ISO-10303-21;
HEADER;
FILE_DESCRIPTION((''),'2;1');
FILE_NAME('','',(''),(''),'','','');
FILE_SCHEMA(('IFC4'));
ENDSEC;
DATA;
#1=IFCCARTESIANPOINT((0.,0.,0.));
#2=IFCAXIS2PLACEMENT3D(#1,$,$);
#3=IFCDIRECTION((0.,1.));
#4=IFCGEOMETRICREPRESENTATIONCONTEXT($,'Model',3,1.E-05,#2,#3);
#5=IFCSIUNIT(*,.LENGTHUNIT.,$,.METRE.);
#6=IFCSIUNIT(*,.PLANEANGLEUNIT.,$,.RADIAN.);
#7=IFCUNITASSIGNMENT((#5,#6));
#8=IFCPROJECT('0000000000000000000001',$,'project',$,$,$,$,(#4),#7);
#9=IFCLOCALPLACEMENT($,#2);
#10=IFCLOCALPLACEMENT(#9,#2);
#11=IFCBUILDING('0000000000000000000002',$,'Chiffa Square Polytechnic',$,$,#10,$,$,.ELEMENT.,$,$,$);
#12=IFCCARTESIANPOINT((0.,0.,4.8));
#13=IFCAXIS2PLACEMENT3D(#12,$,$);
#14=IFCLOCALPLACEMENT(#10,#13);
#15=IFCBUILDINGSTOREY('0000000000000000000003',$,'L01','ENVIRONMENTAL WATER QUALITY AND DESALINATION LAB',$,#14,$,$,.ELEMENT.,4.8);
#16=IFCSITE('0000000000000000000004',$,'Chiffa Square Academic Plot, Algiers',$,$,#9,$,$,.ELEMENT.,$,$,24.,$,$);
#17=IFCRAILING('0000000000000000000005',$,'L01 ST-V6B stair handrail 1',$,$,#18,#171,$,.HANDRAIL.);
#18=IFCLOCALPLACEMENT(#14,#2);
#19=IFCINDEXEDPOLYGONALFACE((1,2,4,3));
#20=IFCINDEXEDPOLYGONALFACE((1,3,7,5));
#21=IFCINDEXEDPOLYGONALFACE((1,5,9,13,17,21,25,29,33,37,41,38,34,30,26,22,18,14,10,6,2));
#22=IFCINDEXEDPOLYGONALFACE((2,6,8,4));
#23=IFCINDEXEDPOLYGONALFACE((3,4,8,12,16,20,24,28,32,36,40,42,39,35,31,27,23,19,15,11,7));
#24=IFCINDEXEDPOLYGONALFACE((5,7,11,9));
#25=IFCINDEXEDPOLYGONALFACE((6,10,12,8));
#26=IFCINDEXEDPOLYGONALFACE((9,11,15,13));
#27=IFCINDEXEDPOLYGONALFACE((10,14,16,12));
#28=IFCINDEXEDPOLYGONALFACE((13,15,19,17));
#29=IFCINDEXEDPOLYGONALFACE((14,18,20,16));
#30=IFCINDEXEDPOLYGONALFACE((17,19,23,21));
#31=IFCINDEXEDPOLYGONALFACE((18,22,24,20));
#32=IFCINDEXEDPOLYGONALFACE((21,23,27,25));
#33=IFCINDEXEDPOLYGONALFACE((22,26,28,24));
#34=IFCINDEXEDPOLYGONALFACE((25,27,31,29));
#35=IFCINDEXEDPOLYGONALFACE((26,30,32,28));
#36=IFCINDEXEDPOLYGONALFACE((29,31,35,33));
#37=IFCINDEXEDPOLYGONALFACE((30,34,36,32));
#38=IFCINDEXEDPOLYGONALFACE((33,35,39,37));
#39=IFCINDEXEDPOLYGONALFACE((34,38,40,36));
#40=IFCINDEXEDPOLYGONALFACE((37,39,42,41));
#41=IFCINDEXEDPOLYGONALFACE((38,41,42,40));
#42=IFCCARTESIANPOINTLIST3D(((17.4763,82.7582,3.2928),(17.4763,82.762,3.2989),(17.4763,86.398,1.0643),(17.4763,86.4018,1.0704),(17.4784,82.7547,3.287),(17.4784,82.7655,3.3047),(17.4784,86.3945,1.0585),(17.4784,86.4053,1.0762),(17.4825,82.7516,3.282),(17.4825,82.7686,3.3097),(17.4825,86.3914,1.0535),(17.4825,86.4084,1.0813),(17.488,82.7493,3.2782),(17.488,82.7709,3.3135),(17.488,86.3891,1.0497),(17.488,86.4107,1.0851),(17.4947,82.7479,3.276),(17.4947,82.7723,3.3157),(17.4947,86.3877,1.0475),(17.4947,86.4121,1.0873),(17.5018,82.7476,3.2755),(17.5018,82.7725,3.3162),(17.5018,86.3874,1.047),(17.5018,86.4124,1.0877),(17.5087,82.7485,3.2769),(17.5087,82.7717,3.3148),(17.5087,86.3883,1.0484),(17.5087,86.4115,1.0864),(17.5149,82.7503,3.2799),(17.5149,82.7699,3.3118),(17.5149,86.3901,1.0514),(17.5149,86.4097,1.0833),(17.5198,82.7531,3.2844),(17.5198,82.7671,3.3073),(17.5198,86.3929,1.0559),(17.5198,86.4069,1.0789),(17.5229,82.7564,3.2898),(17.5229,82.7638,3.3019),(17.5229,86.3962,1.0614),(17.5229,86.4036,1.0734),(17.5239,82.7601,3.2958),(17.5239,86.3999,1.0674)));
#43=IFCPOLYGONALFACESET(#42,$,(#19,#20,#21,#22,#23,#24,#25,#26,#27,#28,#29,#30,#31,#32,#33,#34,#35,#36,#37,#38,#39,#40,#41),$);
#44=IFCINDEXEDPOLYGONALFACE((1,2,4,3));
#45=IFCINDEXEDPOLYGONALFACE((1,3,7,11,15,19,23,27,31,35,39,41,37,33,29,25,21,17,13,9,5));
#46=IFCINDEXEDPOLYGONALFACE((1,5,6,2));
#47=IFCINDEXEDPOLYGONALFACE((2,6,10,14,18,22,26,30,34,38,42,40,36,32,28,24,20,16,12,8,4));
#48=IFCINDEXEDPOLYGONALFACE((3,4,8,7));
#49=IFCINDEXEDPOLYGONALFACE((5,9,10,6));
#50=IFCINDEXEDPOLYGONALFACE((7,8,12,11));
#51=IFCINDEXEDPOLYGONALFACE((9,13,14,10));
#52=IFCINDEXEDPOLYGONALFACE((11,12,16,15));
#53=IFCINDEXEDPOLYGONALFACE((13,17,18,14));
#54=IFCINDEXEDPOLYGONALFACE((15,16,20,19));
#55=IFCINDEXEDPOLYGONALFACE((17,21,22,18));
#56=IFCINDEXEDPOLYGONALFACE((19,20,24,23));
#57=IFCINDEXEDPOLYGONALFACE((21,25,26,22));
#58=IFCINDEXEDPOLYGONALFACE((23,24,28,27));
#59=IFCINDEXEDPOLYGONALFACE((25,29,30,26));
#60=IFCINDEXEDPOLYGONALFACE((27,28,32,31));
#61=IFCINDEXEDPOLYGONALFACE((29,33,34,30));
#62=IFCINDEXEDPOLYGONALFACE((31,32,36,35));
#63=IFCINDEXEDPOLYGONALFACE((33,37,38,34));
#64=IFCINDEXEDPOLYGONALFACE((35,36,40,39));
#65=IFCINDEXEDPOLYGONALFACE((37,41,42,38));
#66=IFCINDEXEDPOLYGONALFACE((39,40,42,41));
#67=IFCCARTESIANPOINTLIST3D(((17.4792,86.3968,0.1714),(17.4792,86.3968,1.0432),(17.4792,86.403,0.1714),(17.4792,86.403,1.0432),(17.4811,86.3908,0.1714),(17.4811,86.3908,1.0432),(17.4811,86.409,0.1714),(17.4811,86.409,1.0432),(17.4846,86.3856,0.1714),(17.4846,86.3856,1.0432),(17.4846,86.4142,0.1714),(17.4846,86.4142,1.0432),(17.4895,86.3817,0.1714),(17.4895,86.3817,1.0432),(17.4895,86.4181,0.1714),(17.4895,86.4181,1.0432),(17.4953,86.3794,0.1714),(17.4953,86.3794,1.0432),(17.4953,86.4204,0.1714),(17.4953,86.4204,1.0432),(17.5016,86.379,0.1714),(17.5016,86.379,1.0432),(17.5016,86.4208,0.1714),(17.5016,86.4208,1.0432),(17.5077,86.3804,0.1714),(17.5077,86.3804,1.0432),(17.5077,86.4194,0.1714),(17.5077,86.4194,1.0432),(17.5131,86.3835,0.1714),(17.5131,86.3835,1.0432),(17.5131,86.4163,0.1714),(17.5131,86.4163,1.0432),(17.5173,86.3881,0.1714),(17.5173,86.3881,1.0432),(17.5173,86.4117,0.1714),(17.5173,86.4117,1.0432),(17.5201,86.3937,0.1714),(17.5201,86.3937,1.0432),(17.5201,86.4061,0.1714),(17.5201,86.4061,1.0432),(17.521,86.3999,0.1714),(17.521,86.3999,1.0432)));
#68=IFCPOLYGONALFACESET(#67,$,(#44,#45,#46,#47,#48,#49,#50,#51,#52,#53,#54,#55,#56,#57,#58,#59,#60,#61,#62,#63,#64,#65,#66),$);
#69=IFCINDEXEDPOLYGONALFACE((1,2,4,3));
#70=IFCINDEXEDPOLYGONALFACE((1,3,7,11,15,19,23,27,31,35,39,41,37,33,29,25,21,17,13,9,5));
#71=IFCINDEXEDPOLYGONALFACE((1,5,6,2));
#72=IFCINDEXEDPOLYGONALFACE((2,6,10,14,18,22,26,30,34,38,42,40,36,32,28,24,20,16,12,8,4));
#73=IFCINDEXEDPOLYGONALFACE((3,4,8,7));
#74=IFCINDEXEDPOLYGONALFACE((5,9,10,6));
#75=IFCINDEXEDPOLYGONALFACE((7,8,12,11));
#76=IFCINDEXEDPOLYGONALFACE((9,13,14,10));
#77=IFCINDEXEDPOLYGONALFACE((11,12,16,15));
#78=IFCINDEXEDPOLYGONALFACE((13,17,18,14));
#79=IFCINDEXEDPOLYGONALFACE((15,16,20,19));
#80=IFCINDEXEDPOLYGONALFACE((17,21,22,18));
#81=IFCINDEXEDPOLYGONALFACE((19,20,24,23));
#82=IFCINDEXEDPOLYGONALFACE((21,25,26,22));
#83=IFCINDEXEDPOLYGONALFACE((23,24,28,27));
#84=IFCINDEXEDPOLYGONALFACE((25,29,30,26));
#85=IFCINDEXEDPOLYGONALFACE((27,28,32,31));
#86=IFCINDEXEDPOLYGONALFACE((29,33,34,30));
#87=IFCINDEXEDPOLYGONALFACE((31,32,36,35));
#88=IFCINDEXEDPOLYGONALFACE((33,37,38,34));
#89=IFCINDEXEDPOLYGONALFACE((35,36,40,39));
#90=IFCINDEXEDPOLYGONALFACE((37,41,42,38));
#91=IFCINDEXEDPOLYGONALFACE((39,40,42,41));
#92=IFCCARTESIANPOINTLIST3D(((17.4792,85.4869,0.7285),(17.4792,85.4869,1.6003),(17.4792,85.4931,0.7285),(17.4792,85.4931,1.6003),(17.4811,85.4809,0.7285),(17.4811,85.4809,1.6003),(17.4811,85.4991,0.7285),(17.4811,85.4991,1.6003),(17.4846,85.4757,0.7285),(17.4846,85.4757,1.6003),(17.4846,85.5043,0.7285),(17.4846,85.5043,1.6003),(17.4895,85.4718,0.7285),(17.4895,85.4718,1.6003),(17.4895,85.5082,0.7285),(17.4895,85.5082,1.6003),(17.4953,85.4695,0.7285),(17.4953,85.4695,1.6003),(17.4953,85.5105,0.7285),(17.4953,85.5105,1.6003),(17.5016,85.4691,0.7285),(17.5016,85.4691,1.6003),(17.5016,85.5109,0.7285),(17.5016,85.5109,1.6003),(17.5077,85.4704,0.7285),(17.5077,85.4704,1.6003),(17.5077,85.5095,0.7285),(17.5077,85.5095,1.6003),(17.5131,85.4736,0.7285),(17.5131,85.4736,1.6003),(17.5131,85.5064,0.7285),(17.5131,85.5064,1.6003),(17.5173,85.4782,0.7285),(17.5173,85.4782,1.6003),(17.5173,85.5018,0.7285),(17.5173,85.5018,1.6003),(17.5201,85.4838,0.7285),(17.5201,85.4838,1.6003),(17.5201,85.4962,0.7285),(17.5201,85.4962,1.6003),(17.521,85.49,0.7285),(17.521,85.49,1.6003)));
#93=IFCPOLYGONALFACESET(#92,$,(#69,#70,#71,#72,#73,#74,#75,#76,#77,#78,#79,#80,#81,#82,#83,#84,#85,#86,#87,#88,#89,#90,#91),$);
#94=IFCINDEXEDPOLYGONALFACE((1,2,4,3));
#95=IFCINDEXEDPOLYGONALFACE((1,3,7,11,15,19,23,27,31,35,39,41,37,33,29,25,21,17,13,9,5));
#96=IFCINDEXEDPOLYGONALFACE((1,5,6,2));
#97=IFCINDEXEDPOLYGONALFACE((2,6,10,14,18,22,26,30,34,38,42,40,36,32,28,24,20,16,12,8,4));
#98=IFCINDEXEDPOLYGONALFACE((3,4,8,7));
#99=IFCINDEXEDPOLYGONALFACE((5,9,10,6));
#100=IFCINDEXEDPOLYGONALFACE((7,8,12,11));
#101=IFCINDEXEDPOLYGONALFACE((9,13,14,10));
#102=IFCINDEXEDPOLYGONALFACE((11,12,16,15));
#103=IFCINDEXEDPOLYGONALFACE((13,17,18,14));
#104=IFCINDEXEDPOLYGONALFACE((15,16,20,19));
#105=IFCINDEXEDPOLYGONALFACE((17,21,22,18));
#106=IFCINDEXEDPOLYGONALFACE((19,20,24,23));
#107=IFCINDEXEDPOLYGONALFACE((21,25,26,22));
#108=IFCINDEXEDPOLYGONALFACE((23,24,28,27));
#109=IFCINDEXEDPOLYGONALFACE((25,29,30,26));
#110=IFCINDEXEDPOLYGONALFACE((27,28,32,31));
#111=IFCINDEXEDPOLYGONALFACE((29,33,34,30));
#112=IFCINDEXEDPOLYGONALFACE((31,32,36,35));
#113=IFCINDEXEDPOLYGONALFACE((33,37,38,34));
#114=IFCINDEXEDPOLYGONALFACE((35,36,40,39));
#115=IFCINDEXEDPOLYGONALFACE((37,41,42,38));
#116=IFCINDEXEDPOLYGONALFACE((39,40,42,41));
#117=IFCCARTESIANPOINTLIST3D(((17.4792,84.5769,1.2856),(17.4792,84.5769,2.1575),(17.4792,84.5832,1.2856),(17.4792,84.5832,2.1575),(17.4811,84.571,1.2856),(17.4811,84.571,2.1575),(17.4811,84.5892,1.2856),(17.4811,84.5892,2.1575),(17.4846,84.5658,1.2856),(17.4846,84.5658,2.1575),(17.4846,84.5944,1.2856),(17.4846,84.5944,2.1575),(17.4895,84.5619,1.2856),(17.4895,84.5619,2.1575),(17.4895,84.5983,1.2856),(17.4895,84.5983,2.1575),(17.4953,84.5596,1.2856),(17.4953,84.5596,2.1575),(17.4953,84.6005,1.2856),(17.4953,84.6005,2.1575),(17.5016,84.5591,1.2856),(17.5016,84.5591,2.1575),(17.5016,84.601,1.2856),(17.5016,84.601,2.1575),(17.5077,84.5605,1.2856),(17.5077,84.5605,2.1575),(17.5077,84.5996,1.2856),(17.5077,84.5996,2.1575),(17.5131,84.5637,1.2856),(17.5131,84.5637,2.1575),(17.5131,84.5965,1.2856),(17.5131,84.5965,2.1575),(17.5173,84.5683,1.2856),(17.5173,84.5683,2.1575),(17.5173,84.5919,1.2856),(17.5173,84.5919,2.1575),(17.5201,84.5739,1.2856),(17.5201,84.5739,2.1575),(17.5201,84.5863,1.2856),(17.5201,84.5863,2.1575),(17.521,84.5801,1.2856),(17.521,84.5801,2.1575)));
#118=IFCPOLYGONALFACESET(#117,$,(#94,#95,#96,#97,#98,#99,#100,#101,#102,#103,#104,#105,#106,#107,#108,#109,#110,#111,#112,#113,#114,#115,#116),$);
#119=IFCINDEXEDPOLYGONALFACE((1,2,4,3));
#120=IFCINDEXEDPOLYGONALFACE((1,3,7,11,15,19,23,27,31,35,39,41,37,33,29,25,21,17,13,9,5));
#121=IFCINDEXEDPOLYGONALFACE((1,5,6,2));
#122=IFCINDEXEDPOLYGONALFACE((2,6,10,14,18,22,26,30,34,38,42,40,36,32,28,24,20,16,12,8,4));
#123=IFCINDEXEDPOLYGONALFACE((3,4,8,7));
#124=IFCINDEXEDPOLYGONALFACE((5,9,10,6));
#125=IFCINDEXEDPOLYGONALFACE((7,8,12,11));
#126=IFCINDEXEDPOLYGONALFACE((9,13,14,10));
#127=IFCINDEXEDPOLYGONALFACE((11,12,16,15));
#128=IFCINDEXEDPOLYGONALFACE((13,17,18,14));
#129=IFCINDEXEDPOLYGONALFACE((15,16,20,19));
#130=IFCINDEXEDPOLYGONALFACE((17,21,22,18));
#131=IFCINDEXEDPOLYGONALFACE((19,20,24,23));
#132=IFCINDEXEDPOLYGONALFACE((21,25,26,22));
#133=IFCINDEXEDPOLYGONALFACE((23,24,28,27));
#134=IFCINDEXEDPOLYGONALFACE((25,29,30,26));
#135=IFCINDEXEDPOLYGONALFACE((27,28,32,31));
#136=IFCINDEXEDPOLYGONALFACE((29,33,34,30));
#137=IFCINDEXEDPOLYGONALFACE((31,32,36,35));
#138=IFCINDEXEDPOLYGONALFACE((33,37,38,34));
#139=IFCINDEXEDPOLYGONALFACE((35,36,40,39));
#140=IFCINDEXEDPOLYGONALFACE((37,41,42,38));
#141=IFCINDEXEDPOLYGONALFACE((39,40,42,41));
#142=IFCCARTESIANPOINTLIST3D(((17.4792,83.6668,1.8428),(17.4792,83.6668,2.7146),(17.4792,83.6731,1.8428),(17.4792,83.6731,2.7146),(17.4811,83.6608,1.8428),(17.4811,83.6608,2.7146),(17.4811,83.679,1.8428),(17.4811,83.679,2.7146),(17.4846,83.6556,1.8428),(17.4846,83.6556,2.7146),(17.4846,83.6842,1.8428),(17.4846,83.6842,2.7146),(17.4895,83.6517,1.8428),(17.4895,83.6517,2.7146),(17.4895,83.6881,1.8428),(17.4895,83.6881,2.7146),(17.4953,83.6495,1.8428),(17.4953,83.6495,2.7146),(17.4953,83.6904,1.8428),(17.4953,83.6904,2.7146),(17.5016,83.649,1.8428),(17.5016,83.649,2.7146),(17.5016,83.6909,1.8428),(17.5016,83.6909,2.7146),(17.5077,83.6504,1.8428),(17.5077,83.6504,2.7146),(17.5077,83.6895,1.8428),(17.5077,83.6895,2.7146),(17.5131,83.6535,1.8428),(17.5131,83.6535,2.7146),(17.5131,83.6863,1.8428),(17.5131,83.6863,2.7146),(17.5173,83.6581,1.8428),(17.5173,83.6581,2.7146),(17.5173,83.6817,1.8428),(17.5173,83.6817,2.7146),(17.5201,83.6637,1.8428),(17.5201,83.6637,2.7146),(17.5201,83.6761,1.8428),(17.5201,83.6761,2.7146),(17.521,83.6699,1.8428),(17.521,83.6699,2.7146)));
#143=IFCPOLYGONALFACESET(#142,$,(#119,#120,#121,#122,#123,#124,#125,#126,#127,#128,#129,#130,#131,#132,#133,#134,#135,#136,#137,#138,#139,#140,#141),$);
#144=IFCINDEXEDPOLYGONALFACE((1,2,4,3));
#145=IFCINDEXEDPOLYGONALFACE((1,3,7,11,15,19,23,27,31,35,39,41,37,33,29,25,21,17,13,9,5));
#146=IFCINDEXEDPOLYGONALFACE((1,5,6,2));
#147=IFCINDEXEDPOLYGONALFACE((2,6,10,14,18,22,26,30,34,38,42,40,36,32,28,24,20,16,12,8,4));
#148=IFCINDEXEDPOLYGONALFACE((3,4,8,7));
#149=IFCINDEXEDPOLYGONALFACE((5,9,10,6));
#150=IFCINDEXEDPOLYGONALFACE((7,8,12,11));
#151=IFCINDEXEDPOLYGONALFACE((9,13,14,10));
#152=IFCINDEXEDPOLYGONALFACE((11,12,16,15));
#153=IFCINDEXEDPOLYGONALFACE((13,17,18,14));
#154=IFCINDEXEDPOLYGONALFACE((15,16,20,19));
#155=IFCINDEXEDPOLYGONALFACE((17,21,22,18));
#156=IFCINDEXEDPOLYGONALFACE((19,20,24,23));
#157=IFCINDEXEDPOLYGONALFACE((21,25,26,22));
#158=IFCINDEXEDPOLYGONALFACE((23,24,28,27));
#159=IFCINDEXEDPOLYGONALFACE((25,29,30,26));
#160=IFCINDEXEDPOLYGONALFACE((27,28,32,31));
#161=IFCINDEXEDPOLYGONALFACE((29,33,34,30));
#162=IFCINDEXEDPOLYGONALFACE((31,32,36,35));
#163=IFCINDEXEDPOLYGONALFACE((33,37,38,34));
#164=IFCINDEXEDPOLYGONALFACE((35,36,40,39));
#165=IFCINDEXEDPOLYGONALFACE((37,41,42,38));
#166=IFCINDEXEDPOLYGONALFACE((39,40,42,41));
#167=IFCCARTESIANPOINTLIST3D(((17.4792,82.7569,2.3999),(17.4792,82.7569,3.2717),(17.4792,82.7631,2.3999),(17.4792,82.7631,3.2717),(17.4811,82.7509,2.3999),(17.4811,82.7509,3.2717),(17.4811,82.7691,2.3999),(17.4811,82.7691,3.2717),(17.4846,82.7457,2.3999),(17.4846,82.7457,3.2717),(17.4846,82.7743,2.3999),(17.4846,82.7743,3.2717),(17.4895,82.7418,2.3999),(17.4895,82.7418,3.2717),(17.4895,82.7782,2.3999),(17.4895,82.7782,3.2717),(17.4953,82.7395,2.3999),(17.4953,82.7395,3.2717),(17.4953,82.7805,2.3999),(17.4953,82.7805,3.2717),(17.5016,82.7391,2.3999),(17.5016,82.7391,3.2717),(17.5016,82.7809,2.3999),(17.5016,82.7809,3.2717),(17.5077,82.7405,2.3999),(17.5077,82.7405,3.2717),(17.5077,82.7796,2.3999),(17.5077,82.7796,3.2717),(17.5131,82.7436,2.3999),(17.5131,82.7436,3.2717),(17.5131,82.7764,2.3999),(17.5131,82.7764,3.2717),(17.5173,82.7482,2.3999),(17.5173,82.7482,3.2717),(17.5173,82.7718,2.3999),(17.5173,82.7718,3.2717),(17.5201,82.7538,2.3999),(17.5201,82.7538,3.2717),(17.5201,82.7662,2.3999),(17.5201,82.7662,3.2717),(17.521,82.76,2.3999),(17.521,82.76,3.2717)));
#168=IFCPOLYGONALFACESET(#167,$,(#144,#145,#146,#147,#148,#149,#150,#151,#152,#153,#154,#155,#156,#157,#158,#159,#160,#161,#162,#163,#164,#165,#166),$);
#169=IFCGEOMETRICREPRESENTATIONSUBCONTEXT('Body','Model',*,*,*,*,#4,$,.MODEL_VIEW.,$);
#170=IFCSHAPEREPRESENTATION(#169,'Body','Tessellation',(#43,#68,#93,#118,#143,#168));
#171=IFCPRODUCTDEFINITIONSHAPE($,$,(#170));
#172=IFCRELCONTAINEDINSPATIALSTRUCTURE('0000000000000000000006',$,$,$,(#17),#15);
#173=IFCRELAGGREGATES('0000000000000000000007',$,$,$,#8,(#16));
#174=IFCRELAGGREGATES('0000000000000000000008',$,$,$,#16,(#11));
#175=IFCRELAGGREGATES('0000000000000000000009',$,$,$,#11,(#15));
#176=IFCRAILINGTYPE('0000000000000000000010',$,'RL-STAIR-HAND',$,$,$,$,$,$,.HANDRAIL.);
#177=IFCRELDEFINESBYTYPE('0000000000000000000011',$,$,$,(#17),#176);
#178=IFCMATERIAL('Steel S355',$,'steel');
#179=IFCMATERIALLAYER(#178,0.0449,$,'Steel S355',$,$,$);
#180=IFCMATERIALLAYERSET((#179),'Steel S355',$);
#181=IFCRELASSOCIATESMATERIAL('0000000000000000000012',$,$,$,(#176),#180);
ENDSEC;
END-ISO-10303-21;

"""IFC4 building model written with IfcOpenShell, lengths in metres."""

from ifc_helpers import new_model, si_unit, direction, frame, origin, origin_2d, place, context, subcontext, project, spatial, circle, extrude, material, layer, layer_set, type_object, element, save


model = new_model("IFC4")

# Units and contexts
model_context = context("Model", 3, precision=1e-05, world=origin(), true_north=direction((0.0, 1.0)))
body_context = subcontext(model_context, "Body", "Model", "MODEL_VIEW")
ifc_project = project(units=[si_unit("LENGTHUNIT", "METRE"), si_unit("PLANEANGLEUNIT", "RADIAN")], contexts=[model_context])

# Site, building, storey
site_placement = place(None, origin())
site = spatial("IfcSite", under=ifc_project, at=site_placement, Name="Chiffa Square Academic Plot, Algiers", CompositionType="ELEMENT", RefElevation=24.0)
building_placement = place(site_placement, origin())
building = spatial("IfcBuilding", under=site, at=building_placement, Name="Chiffa Square Polytechnic", CompositionType="ELEMENT")
storey_placement = place(building_placement, frame((0.0, 0.0, 4.8)))
storey = spatial("IfcBuildingStorey", under=building, at=storey_placement, Name="L01", Description="ENVIRONMENTAL WATER QUALITY AND DESALINATION LAB", CompositionType="ELEMENT", Elevation=4.8)

# Railing
ifc_material_1 = material(Name="Steel S355", Category="steel")
ifc_layer_1 = layer(ifc_material_1, 0.0449, Name="Steel S355")
ifc_layer_set_1 = layer_set([ifc_layer_1], Name="Steel S355")
railing_type_1 = type_object("IfcRailingType", Name="RL-STAIR-HAND", PredefinedType="HANDRAIL", material=ifc_layer_set_1)
railing_1_placement = place(storey_placement, frame((17.5, 86.3999, 0.1714)))
element("IfcRailing", 1, at=railing_1_placement, inside=storey, type_object=railing_type_1, Name="L01 ST-V6B stair handrail 1", PredefinedType="HANDRAIL", context=body_context, shape_type="SweptSolid", body=[
    extrude(circle(Radius=0.0239, at=origin_2d()), frame((0.0, 0.0, 0.896), z_axis=(0.0, -0.85285, 0.522156), x_axis=(1.0, 0.0, 0.0)), (0.0, 0.0, 1.0), 4.2678),
    extrude(circle(Radius=0.021, at=origin_2d()), origin(), (0.0, 0.0, 1.0), 0.8718),
    extrude(circle(Radius=0.021, at=origin_2d()), frame((0.0, -0.9099, 0.5571)), (0.0, 0.0, 1.0), 0.8718),
    extrude(circle(Radius=0.021, at=origin_2d()), frame((0.0, -1.8198, 1.1143)), (0.0, 0.0, 1.0), 0.8718),
    extrude(circle(Radius=0.021, at=origin_2d()), frame((0.0, -2.73, 1.6714)), (0.0, 0.0, 1.0), 0.8718),
    extrude(circle(Radius=0.021, at=origin_2d()), frame((0.0, -3.6399, 2.2285)), (0.0, 0.0, 1.0), 0.8718),
])

save(model, "model.ifc")
